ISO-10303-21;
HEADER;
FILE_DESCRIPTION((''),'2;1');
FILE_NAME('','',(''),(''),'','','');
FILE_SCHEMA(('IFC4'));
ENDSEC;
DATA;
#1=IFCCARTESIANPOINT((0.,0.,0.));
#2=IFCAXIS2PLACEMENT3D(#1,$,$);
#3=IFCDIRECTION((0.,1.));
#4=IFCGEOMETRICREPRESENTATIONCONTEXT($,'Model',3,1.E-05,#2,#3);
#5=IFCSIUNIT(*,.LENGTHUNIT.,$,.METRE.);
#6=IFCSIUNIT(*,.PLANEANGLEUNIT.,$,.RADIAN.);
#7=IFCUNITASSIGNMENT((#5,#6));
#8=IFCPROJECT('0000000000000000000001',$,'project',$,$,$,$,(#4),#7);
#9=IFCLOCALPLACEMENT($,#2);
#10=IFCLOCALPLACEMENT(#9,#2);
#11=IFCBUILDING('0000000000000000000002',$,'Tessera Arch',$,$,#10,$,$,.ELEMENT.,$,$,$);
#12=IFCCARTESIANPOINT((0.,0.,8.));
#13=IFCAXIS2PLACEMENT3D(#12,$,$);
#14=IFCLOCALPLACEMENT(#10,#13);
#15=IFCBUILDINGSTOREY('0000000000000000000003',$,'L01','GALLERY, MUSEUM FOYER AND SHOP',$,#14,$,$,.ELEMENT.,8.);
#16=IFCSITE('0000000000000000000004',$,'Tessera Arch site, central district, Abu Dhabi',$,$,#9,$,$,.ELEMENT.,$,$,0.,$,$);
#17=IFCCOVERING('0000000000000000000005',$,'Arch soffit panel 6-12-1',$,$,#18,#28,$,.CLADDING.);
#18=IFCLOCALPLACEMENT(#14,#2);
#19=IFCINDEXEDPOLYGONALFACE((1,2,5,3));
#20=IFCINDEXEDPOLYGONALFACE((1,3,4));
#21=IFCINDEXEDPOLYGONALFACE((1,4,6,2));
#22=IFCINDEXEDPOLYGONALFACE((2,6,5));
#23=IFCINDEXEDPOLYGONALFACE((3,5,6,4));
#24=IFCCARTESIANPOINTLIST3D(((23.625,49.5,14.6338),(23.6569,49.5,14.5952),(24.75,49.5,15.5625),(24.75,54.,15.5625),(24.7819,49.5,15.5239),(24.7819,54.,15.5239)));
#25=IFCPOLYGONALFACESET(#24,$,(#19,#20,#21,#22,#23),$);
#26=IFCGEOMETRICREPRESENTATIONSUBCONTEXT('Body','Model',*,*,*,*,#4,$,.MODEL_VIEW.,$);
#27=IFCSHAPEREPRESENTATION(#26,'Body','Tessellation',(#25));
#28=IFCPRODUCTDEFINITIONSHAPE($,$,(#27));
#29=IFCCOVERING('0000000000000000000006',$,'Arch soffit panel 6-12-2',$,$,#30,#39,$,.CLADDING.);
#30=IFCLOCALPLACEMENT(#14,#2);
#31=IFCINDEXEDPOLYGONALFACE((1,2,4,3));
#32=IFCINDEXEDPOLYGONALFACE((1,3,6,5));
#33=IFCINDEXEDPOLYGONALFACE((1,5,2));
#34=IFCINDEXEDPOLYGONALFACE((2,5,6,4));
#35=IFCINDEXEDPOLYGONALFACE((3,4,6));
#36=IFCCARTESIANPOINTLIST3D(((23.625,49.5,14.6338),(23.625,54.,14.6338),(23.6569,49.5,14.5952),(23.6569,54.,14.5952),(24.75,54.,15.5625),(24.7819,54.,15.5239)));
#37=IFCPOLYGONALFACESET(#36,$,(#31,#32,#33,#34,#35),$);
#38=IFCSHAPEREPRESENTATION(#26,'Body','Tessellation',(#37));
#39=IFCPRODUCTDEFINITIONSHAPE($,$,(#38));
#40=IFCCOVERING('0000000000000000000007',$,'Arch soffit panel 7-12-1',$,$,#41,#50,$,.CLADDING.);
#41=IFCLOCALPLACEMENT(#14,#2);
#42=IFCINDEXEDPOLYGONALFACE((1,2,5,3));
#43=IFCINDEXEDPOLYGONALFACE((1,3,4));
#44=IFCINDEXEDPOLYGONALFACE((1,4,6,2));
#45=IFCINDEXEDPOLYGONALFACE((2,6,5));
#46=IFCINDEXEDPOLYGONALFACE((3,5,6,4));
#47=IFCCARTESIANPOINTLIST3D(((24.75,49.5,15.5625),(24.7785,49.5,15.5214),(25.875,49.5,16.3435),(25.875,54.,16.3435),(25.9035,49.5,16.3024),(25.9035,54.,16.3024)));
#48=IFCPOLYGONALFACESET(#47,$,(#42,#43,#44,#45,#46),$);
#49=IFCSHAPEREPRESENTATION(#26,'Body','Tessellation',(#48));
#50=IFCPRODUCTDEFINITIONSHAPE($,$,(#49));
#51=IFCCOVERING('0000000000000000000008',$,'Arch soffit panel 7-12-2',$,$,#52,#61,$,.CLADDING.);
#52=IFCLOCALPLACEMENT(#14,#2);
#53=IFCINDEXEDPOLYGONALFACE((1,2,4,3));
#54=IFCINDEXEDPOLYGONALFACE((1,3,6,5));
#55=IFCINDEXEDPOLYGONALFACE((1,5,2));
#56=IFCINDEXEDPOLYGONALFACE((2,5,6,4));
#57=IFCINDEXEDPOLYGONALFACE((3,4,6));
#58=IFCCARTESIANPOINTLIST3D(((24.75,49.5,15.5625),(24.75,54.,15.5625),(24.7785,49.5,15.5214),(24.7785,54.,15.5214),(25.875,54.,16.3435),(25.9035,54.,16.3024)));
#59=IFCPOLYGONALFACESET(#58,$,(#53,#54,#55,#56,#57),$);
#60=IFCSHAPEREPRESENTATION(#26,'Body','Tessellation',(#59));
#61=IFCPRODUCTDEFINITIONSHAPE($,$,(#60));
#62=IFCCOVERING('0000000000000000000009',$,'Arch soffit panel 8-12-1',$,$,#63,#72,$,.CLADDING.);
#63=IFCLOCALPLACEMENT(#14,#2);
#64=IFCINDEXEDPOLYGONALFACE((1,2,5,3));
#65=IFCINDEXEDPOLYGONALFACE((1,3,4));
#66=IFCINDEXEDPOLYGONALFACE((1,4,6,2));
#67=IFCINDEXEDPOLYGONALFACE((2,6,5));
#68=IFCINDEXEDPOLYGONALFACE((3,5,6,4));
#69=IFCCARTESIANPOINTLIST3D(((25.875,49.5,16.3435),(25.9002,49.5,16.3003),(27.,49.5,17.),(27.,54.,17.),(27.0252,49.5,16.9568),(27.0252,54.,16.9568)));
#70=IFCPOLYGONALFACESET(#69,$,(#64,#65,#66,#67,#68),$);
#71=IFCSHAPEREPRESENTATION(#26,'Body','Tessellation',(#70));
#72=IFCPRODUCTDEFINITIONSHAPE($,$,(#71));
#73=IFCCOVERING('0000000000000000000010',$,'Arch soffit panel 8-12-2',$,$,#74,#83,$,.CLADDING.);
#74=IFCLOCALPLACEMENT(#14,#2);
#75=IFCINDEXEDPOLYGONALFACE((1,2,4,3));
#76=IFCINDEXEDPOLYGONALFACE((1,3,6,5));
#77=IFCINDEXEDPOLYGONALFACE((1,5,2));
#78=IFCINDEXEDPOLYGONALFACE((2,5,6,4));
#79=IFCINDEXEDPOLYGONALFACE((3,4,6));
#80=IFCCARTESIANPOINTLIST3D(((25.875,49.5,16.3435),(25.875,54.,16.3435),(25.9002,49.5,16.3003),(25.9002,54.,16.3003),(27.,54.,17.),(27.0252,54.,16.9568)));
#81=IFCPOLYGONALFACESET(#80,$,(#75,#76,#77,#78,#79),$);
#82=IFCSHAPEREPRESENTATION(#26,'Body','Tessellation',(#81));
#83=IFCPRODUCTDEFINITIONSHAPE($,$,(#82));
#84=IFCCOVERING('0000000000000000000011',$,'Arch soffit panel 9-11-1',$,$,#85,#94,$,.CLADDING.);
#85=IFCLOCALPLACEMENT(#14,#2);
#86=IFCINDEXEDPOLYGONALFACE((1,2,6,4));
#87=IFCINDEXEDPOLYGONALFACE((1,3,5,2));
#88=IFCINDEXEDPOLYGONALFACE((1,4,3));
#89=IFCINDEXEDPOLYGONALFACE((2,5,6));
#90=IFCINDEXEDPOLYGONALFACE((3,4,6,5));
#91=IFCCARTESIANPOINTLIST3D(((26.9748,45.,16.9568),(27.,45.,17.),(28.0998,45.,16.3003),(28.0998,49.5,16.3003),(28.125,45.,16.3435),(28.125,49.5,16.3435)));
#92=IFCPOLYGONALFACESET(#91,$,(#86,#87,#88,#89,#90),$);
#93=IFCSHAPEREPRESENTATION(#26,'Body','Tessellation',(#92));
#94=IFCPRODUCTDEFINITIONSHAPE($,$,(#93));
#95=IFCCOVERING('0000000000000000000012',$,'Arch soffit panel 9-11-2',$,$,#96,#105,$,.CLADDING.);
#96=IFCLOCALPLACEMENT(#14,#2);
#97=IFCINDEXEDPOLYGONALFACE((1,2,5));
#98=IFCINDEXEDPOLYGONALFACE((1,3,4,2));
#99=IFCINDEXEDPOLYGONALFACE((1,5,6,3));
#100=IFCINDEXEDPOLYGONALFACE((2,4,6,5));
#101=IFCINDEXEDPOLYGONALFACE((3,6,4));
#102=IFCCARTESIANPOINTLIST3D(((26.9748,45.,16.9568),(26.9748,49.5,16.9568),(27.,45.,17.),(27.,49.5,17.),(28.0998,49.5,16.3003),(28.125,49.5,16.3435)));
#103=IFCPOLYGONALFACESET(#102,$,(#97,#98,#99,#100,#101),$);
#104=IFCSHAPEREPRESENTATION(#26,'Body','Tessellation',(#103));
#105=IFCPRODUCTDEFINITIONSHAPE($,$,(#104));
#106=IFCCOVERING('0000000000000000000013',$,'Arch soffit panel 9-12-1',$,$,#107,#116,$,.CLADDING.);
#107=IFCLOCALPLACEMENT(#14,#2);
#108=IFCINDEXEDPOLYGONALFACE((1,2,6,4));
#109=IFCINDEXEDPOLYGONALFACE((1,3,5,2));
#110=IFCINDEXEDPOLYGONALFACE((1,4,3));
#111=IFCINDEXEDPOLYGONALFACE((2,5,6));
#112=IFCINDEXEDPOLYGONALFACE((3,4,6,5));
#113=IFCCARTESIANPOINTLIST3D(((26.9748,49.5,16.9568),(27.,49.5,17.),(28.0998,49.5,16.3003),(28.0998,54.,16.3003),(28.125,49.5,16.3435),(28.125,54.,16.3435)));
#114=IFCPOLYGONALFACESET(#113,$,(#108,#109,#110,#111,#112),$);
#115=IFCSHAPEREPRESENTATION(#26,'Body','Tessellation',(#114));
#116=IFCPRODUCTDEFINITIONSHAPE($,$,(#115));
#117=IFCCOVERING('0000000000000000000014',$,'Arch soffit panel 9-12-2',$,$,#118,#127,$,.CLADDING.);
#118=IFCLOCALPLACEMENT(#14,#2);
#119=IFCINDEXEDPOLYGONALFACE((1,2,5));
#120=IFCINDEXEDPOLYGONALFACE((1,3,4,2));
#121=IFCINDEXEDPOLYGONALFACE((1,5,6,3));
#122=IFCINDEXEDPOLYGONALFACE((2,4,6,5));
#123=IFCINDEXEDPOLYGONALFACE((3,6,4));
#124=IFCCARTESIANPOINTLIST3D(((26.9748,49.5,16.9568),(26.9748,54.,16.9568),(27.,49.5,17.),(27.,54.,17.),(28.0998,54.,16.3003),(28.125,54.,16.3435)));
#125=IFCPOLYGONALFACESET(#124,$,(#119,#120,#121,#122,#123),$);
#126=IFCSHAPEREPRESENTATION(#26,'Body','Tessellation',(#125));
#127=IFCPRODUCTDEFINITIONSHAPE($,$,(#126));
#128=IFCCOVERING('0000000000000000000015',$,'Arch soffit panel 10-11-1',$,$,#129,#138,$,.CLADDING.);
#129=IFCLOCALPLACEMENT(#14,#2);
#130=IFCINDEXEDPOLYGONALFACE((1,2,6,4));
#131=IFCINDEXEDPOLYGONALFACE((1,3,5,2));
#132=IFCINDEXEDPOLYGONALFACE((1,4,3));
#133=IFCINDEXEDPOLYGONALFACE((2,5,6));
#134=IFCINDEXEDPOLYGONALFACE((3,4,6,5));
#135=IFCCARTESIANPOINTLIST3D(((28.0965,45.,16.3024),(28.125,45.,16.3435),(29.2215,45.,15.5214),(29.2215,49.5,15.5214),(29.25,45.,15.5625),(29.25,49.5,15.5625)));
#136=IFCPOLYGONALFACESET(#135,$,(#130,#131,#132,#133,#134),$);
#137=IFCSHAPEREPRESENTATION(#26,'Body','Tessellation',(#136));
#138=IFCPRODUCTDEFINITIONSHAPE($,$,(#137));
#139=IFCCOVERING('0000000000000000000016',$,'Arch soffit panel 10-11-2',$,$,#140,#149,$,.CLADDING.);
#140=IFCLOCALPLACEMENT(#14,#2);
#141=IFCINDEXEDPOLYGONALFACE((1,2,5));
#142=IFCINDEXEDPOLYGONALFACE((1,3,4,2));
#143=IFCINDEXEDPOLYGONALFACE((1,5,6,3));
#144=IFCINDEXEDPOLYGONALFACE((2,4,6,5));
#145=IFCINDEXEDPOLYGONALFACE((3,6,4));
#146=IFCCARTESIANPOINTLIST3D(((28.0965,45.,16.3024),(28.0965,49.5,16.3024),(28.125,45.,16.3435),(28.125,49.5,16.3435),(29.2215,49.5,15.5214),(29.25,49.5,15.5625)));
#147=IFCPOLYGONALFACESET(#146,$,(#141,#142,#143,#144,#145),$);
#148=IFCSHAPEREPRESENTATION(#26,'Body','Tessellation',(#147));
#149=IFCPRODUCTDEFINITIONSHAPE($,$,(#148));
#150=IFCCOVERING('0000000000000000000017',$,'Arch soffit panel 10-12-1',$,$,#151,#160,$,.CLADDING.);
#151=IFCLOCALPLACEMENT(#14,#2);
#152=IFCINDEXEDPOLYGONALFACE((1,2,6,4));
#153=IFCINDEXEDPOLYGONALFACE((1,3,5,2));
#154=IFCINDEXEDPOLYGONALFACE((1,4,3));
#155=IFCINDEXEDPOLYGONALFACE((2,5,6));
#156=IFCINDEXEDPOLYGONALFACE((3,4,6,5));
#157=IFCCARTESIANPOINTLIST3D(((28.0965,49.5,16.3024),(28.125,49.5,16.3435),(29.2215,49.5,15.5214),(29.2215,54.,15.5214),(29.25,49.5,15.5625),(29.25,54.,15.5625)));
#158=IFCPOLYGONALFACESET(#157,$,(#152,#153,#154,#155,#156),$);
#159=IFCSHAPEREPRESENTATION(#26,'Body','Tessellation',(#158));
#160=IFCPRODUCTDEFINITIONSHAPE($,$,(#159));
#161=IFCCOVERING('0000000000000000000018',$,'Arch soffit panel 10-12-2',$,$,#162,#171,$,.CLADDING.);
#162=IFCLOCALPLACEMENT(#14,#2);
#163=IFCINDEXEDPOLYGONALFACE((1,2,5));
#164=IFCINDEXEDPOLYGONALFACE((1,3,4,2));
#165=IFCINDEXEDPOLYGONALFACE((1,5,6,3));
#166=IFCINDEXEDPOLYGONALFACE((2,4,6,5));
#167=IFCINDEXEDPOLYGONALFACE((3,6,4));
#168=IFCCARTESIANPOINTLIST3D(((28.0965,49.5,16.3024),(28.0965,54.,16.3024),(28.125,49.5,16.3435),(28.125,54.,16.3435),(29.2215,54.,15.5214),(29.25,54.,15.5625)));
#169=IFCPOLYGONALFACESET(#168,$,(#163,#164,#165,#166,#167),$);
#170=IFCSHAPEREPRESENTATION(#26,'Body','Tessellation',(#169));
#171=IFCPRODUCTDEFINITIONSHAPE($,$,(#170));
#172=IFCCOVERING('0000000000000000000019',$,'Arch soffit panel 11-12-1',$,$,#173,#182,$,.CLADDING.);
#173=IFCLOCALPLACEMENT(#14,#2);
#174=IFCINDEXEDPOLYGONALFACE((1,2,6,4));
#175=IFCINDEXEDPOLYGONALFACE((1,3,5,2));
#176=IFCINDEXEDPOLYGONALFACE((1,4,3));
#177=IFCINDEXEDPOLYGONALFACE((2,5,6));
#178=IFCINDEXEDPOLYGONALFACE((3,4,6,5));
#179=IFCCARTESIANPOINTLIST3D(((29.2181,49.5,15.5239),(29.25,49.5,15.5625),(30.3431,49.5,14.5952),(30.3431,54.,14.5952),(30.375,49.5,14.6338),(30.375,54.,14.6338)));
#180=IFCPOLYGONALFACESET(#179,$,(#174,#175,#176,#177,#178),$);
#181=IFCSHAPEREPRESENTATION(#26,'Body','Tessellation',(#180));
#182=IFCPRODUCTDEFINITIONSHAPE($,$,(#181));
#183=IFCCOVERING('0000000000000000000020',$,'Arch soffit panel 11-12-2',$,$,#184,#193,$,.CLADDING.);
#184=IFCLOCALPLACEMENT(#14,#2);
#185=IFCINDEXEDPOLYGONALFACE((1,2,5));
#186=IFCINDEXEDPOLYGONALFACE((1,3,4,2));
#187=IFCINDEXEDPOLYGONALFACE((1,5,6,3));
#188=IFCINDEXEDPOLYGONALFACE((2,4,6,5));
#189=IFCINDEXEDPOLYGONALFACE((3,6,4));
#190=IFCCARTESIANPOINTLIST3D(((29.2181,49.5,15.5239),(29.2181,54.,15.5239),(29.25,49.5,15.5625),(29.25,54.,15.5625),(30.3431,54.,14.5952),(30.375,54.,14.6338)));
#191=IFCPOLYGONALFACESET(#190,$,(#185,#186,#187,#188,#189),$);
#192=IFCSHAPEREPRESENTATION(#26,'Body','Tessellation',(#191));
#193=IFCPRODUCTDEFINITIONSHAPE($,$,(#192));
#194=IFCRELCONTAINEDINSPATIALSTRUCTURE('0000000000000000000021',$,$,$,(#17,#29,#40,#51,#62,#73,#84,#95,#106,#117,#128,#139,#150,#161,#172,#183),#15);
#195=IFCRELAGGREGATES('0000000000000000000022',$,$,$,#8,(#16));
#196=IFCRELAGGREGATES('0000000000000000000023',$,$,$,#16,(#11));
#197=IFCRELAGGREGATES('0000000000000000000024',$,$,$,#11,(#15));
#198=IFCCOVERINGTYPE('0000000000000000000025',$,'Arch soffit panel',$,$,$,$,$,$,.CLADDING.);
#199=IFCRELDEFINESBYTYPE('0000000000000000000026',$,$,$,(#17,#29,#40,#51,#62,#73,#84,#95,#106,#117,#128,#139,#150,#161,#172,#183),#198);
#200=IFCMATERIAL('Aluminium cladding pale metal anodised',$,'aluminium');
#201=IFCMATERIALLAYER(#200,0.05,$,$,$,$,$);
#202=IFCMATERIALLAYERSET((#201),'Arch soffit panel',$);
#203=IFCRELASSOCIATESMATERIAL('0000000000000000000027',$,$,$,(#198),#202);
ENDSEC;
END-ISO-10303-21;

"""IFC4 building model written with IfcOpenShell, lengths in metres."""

from ifc_helpers import new_model, si_unit, direction, frame, origin, place, context, subcontext, project, spatial, polyline, outline, extrude, material, layer, layer_set, type_object, element, save


model = new_model("IFC4")

# Units and contexts
model_context = context("Model", 3, precision=1e-05, world=origin(), true_north=direction((0.0, 1.0)))
body_context = subcontext(model_context, "Body", "Model", "MODEL_VIEW")
ifc_project = project(units=[si_unit("LENGTHUNIT", "METRE"), si_unit("PLANEANGLEUNIT", "RADIAN")], contexts=[model_context])

# Site, building, storey
site_placement = place(None, origin())
site = spatial("IfcSite", under=ifc_project, at=site_placement, Name="Tessera Arch site, central district, Abu Dhabi", CompositionType="ELEMENT", RefElevation=0.0)
building_placement = place(site_placement, origin())
building = spatial("IfcBuilding", under=site, at=building_placement, Name="Tessera Arch", CompositionType="ELEMENT")
storey_placement = place(building_placement, frame((0.0, 0.0, 8.0)))
storey = spatial("IfcBuildingStorey", under=building, at=storey_placement, Name="L01", Description="GALLERY, MUSEUM FOYER AND SHOP", CompositionType="ELEMENT", Elevation=8.0)

# Coverings
ifc_material = material(Name="Aluminium cladding pale metal anodised", Category="aluminium")
ifc_layer = layer(ifc_material, 0.05)
ifc_layer_set = layer_set([ifc_layer], Name="Arch soffit panel")
covering_type = type_object("IfcCoveringType", Name="Arch soffit panel", PredefinedType="CLADDING", material=ifc_layer_set)
covering_1_placement = place(storey_placement, frame((23.625, 49.5, 14.6338), z_axis=(-0.636622, 0.0, 0.771176), x_axis=(0.771176, 0.0, 0.636622)))
element("IfcCovering", 1, at=covering_1_placement, inside=storey, type_object=covering_type, Name="Arch soffit panel 6-12-1", PredefinedType="CLADDING", context=body_context, shape_type="SweptSolid", body=[
    extrude(outline(polyline([(0.0, 0.0), (1.4588, 0.0), (1.4588, 4.5), (0.0, 0.0)])), origin(), (0.0, 0.0, -1.0), 0.05),
])
covering_2_placement = place(storey_placement, frame((23.625, 49.5, 14.6338), z_axis=(-0.636622, 0.0, 0.771176), x_axis=(0.237816, 0.951263, 0.196322)))
element("IfcCovering", 2, at=covering_2_placement, inside=storey, type_object=covering_type, Name="Arch soffit panel 6-12-2", PredefinedType="CLADDING", context=body_context, shape_type="SweptSolid", body=[
    extrude(outline(polyline([(0.0, 0.0), (4.7306, 0.0), (4.2807, 1.3877), (0.0, 0.0)])), origin(), (0.0, 0.0, -1.0), 0.05),
])
covering_3_placement = place(storey_placement, frame((24.75, 49.5, 15.5625), z_axis=(-0.570276, 0.0, 0.821453), x_axis=(0.821453, 0.0, 0.570276)))
element("IfcCovering", 3, at=covering_3_placement, inside=storey, type_object=covering_type, Name="Arch soffit panel 7-12-1", PredefinedType="CLADDING", context=body_context, shape_type="SweptSolid", body=[
    extrude(outline(polyline([(0.0, 0.0), (1.3695, 0.0), (1.3695, 4.5), (0.0, 0.0)])), origin(), (0.0, 0.0, -1.0), 0.05),
])
covering_4_placement = place(storey_placement, frame((24.75, 49.5, 15.5625), z_axis=(-0.570276, 0.0, 0.821453), x_axis=(0.239169, 0.956676, 0.166038)))
element("IfcCovering", 4, at=covering_4_placement, inside=storey, type_object=covering_type, Name="Arch soffit panel 7-12-2", PredefinedType="CLADDING", context=body_context, shape_type="SweptSolid", body=[
    extrude(outline(polyline([(0.0, 0.0), (4.7038, 0.0), (4.305, 1.3102), (0.0, 0.0)])), origin(), (0.0, 0.0, -1.0), 0.05),
])
covering_5_placement = place(storey_placement, frame((25.875, 49.5, 16.3435), z_axis=(-0.504011, 0.0, 0.863697), x_axis=(0.863697, 0.0, 0.504011)))
element("IfcCovering", 5, at=covering_5_placement, inside=storey, type_object=covering_type, Name="Arch soffit panel 8-12-1", PredefinedType="CLADDING", context=body_context, shape_type="SweptSolid", body=[
    extrude(outline(polyline([(0.0, 0.0), (1.3025, 0.0), (1.3025, 4.5), (0.0, 0.0)])), origin(), (0.0, 0.0, -1.0), 0.05),
])
covering_6_placement = place(storey_placement, frame((25.875, 49.5, 16.3435), z_axis=(-0.504011, 0.0, 0.863697), x_axis=(0.240142, 0.96057, 0.140135)))
element("IfcCovering", 6, at=covering_6_placement, inside=storey, type_object=covering_type, Name="Arch soffit panel 8-12-2", PredefinedType="CLADDING", context=body_context, shape_type="SweptSolid", body=[
    extrude(outline(polyline([(0.0, 0.0), (4.6847, 0.0), (4.3226, 1.2512), (0.0, 0.0)])), origin(), (0.0, 0.0, -1.0), 0.05),
])
covering_7_placement = place(storey_placement, frame((27.0, 45.0, 17.0), z_axis=(0.504011, 0.0, 0.863697), x_axis=(0.863697, 0.0, -0.504011)))
element("IfcCovering", 7, at=covering_7_placement, inside=storey, type_object=covering_type, Name="Arch soffit panel 9-11-1", PredefinedType="CLADDING", context=body_context, shape_type="SweptSolid", body=[
    extrude(outline(polyline([(0.0, 0.0), (1.3025, 0.0), (1.3025, 4.5), (0.0, 0.0)])), origin(), (0.0, 0.0, -1.0), 0.05),
])
covering_8_placement = place(storey_placement, frame((27.0, 45.0, 17.0), z_axis=(0.504011, 0.0, 0.863697), x_axis=(0.240142, 0.96057, -0.140135)))
element("IfcCovering", 8, at=covering_8_placement, inside=storey, type_object=covering_type, Name="Arch soffit panel 9-11-2", PredefinedType="CLADDING", context=body_context, shape_type="SweptSolid", body=[
    extrude(outline(polyline([(0.0, 0.0), (4.6847, 0.0), (4.3226, 1.2512), (0.0, 0.0)])), origin(), (0.0, 0.0, -1.0), 0.05),
])
covering_9_placement = place(storey_placement, frame((27.0, 49.5, 17.0), z_axis=(0.504011, 0.0, 0.863697), x_axis=(0.863697, 0.0, -0.504011)))
element("IfcCovering", 9, at=covering_9_placement, inside=storey, type_object=covering_type, Name="Arch soffit panel 9-12-1", PredefinedType="CLADDING", context=body_context, shape_type="SweptSolid", body=[
    extrude(outline(polyline([(0.0, 0.0), (1.3025, 0.0), (1.3025, 4.5), (0.0, 0.0)])), origin(), (0.0, 0.0, -1.0), 0.05),
])
covering_10_placement = place(storey_placement, frame((27.0, 49.5, 17.0), z_axis=(0.504011, 0.0, 0.863697), x_axis=(0.240142, 0.96057, -0.140135)))
element("IfcCovering", 10, at=covering_10_placement, inside=storey, type_object=covering_type, Name="Arch soffit panel 9-12-2", PredefinedType="CLADDING", context=body_context, shape_type="SweptSolid", body=[
    extrude(outline(polyline([(0.0, 0.0), (4.6847, 0.0), (4.3226, 1.2512), (0.0, 0.0)])), origin(), (0.0, 0.0, -1.0), 0.05),
])
covering_11_placement = place(storey_placement, frame((28.125, 45.0, 16.3435), z_axis=(0.570276, 0.0, 0.821453), x_axis=(0.821453, 0.0, -0.570276)))
element("IfcCovering", 11, at=covering_11_placement, inside=storey, type_object=covering_type, Name="Arch soffit panel 10-11-1", PredefinedType="CLADDING", context=body_context, shape_type="SweptSolid", body=[
    extrude(outline(polyline([(0.0, 0.0), (1.3695, 0.0), (1.3695, 4.5), (0.0, 0.0)])), origin(), (0.0, 0.0, -1.0), 0.05),
])
covering_12_placement = place(storey_placement, frame((28.125, 45.0, 16.3435), z_axis=(0.570276, 0.0, 0.821453), x_axis=(0.239169, 0.956676, -0.166038)))
element("IfcCovering", 12, at=covering_12_placement, inside=storey, type_object=covering_type, Name="Arch soffit panel 10-11-2", PredefinedType="CLADDING", context=body_context, shape_type="SweptSolid", body=[
    extrude(outline(polyline([(0.0, 0.0), (4.7038, 0.0), (4.305, 1.3102), (0.0, 0.0)])), origin(), (0.0, 0.0, -1.0), 0.05),
])
covering_13_placement = place(storey_placement, frame((28.125, 49.5, 16.3435), z_axis=(0.570276, 0.0, 0.821453), x_axis=(0.821453, 0.0, -0.570276)))
element("IfcCovering", 13, at=covering_13_placement, inside=storey, type_object=covering_type, Name="Arch soffit panel 10-12-1", PredefinedType="CLADDING", context=body_context, shape_type="SweptSolid", body=[
    extrude(outline(polyline([(0.0, 0.0), (1.3695, 0.0), (1.3695, 4.5), (0.0, 0.0)])), origin(), (0.0, 0.0, -1.0), 0.05),
])
covering_14_placement = place(storey_placement, frame((28.125, 49.5, 16.3435), z_axis=(0.570276, 0.0, 0.821453), x_axis=(0.239169, 0.956676, -0.166038)))
element("IfcCovering", 14, at=covering_14_placement, inside=storey, type_object=covering_type, Name="Arch soffit panel 10-12-2", PredefinedType="CLADDING", context=body_context, shape_type="SweptSolid", body=[
    extrude(outline(polyline([(0.0, 0.0), (4.7038, 0.0), (4.305, 1.3102), (0.0, 0.0)])), origin(), (0.0, 0.0, -1.0), 0.05),
])
covering_15_placement = place(storey_placement, frame((29.25, 49.5, 15.5625), z_axis=(0.636622, 0.0, 0.771176), x_axis=(0.771176, 0.0, -0.636622)))
element("IfcCovering", 15, at=covering_15_placement, inside=storey, type_object=covering_type, Name="Arch soffit panel 11-12-1", PredefinedType="CLADDING", context=body_context, shape_type="SweptSolid", body=[
    extrude(outline(polyline([(0.0, 0.0), (1.4588, 0.0), (1.4588, 4.5), (0.0, 0.0)])), origin(), (0.0, 0.0, -1.0), 0.05),
])
covering_16_placement = place(storey_placement, frame((29.25, 49.5, 15.5625), z_axis=(0.636622, 0.0, 0.771176), x_axis=(0.237816, 0.951263, -0.196322)))
element("IfcCovering", 16, at=covering_16_placement, inside=storey, type_object=covering_type, Name="Arch soffit panel 11-12-2", PredefinedType="CLADDING", context=body_context, shape_type="SweptSolid", body=[
    extrude(outline(polyline([(0.0, 0.0), (4.7306, 0.0), (4.2807, 1.3877), (0.0, 0.0)])), origin(), (0.0, 0.0, -1.0), 0.05),
])

save(model, "model.ifc")
